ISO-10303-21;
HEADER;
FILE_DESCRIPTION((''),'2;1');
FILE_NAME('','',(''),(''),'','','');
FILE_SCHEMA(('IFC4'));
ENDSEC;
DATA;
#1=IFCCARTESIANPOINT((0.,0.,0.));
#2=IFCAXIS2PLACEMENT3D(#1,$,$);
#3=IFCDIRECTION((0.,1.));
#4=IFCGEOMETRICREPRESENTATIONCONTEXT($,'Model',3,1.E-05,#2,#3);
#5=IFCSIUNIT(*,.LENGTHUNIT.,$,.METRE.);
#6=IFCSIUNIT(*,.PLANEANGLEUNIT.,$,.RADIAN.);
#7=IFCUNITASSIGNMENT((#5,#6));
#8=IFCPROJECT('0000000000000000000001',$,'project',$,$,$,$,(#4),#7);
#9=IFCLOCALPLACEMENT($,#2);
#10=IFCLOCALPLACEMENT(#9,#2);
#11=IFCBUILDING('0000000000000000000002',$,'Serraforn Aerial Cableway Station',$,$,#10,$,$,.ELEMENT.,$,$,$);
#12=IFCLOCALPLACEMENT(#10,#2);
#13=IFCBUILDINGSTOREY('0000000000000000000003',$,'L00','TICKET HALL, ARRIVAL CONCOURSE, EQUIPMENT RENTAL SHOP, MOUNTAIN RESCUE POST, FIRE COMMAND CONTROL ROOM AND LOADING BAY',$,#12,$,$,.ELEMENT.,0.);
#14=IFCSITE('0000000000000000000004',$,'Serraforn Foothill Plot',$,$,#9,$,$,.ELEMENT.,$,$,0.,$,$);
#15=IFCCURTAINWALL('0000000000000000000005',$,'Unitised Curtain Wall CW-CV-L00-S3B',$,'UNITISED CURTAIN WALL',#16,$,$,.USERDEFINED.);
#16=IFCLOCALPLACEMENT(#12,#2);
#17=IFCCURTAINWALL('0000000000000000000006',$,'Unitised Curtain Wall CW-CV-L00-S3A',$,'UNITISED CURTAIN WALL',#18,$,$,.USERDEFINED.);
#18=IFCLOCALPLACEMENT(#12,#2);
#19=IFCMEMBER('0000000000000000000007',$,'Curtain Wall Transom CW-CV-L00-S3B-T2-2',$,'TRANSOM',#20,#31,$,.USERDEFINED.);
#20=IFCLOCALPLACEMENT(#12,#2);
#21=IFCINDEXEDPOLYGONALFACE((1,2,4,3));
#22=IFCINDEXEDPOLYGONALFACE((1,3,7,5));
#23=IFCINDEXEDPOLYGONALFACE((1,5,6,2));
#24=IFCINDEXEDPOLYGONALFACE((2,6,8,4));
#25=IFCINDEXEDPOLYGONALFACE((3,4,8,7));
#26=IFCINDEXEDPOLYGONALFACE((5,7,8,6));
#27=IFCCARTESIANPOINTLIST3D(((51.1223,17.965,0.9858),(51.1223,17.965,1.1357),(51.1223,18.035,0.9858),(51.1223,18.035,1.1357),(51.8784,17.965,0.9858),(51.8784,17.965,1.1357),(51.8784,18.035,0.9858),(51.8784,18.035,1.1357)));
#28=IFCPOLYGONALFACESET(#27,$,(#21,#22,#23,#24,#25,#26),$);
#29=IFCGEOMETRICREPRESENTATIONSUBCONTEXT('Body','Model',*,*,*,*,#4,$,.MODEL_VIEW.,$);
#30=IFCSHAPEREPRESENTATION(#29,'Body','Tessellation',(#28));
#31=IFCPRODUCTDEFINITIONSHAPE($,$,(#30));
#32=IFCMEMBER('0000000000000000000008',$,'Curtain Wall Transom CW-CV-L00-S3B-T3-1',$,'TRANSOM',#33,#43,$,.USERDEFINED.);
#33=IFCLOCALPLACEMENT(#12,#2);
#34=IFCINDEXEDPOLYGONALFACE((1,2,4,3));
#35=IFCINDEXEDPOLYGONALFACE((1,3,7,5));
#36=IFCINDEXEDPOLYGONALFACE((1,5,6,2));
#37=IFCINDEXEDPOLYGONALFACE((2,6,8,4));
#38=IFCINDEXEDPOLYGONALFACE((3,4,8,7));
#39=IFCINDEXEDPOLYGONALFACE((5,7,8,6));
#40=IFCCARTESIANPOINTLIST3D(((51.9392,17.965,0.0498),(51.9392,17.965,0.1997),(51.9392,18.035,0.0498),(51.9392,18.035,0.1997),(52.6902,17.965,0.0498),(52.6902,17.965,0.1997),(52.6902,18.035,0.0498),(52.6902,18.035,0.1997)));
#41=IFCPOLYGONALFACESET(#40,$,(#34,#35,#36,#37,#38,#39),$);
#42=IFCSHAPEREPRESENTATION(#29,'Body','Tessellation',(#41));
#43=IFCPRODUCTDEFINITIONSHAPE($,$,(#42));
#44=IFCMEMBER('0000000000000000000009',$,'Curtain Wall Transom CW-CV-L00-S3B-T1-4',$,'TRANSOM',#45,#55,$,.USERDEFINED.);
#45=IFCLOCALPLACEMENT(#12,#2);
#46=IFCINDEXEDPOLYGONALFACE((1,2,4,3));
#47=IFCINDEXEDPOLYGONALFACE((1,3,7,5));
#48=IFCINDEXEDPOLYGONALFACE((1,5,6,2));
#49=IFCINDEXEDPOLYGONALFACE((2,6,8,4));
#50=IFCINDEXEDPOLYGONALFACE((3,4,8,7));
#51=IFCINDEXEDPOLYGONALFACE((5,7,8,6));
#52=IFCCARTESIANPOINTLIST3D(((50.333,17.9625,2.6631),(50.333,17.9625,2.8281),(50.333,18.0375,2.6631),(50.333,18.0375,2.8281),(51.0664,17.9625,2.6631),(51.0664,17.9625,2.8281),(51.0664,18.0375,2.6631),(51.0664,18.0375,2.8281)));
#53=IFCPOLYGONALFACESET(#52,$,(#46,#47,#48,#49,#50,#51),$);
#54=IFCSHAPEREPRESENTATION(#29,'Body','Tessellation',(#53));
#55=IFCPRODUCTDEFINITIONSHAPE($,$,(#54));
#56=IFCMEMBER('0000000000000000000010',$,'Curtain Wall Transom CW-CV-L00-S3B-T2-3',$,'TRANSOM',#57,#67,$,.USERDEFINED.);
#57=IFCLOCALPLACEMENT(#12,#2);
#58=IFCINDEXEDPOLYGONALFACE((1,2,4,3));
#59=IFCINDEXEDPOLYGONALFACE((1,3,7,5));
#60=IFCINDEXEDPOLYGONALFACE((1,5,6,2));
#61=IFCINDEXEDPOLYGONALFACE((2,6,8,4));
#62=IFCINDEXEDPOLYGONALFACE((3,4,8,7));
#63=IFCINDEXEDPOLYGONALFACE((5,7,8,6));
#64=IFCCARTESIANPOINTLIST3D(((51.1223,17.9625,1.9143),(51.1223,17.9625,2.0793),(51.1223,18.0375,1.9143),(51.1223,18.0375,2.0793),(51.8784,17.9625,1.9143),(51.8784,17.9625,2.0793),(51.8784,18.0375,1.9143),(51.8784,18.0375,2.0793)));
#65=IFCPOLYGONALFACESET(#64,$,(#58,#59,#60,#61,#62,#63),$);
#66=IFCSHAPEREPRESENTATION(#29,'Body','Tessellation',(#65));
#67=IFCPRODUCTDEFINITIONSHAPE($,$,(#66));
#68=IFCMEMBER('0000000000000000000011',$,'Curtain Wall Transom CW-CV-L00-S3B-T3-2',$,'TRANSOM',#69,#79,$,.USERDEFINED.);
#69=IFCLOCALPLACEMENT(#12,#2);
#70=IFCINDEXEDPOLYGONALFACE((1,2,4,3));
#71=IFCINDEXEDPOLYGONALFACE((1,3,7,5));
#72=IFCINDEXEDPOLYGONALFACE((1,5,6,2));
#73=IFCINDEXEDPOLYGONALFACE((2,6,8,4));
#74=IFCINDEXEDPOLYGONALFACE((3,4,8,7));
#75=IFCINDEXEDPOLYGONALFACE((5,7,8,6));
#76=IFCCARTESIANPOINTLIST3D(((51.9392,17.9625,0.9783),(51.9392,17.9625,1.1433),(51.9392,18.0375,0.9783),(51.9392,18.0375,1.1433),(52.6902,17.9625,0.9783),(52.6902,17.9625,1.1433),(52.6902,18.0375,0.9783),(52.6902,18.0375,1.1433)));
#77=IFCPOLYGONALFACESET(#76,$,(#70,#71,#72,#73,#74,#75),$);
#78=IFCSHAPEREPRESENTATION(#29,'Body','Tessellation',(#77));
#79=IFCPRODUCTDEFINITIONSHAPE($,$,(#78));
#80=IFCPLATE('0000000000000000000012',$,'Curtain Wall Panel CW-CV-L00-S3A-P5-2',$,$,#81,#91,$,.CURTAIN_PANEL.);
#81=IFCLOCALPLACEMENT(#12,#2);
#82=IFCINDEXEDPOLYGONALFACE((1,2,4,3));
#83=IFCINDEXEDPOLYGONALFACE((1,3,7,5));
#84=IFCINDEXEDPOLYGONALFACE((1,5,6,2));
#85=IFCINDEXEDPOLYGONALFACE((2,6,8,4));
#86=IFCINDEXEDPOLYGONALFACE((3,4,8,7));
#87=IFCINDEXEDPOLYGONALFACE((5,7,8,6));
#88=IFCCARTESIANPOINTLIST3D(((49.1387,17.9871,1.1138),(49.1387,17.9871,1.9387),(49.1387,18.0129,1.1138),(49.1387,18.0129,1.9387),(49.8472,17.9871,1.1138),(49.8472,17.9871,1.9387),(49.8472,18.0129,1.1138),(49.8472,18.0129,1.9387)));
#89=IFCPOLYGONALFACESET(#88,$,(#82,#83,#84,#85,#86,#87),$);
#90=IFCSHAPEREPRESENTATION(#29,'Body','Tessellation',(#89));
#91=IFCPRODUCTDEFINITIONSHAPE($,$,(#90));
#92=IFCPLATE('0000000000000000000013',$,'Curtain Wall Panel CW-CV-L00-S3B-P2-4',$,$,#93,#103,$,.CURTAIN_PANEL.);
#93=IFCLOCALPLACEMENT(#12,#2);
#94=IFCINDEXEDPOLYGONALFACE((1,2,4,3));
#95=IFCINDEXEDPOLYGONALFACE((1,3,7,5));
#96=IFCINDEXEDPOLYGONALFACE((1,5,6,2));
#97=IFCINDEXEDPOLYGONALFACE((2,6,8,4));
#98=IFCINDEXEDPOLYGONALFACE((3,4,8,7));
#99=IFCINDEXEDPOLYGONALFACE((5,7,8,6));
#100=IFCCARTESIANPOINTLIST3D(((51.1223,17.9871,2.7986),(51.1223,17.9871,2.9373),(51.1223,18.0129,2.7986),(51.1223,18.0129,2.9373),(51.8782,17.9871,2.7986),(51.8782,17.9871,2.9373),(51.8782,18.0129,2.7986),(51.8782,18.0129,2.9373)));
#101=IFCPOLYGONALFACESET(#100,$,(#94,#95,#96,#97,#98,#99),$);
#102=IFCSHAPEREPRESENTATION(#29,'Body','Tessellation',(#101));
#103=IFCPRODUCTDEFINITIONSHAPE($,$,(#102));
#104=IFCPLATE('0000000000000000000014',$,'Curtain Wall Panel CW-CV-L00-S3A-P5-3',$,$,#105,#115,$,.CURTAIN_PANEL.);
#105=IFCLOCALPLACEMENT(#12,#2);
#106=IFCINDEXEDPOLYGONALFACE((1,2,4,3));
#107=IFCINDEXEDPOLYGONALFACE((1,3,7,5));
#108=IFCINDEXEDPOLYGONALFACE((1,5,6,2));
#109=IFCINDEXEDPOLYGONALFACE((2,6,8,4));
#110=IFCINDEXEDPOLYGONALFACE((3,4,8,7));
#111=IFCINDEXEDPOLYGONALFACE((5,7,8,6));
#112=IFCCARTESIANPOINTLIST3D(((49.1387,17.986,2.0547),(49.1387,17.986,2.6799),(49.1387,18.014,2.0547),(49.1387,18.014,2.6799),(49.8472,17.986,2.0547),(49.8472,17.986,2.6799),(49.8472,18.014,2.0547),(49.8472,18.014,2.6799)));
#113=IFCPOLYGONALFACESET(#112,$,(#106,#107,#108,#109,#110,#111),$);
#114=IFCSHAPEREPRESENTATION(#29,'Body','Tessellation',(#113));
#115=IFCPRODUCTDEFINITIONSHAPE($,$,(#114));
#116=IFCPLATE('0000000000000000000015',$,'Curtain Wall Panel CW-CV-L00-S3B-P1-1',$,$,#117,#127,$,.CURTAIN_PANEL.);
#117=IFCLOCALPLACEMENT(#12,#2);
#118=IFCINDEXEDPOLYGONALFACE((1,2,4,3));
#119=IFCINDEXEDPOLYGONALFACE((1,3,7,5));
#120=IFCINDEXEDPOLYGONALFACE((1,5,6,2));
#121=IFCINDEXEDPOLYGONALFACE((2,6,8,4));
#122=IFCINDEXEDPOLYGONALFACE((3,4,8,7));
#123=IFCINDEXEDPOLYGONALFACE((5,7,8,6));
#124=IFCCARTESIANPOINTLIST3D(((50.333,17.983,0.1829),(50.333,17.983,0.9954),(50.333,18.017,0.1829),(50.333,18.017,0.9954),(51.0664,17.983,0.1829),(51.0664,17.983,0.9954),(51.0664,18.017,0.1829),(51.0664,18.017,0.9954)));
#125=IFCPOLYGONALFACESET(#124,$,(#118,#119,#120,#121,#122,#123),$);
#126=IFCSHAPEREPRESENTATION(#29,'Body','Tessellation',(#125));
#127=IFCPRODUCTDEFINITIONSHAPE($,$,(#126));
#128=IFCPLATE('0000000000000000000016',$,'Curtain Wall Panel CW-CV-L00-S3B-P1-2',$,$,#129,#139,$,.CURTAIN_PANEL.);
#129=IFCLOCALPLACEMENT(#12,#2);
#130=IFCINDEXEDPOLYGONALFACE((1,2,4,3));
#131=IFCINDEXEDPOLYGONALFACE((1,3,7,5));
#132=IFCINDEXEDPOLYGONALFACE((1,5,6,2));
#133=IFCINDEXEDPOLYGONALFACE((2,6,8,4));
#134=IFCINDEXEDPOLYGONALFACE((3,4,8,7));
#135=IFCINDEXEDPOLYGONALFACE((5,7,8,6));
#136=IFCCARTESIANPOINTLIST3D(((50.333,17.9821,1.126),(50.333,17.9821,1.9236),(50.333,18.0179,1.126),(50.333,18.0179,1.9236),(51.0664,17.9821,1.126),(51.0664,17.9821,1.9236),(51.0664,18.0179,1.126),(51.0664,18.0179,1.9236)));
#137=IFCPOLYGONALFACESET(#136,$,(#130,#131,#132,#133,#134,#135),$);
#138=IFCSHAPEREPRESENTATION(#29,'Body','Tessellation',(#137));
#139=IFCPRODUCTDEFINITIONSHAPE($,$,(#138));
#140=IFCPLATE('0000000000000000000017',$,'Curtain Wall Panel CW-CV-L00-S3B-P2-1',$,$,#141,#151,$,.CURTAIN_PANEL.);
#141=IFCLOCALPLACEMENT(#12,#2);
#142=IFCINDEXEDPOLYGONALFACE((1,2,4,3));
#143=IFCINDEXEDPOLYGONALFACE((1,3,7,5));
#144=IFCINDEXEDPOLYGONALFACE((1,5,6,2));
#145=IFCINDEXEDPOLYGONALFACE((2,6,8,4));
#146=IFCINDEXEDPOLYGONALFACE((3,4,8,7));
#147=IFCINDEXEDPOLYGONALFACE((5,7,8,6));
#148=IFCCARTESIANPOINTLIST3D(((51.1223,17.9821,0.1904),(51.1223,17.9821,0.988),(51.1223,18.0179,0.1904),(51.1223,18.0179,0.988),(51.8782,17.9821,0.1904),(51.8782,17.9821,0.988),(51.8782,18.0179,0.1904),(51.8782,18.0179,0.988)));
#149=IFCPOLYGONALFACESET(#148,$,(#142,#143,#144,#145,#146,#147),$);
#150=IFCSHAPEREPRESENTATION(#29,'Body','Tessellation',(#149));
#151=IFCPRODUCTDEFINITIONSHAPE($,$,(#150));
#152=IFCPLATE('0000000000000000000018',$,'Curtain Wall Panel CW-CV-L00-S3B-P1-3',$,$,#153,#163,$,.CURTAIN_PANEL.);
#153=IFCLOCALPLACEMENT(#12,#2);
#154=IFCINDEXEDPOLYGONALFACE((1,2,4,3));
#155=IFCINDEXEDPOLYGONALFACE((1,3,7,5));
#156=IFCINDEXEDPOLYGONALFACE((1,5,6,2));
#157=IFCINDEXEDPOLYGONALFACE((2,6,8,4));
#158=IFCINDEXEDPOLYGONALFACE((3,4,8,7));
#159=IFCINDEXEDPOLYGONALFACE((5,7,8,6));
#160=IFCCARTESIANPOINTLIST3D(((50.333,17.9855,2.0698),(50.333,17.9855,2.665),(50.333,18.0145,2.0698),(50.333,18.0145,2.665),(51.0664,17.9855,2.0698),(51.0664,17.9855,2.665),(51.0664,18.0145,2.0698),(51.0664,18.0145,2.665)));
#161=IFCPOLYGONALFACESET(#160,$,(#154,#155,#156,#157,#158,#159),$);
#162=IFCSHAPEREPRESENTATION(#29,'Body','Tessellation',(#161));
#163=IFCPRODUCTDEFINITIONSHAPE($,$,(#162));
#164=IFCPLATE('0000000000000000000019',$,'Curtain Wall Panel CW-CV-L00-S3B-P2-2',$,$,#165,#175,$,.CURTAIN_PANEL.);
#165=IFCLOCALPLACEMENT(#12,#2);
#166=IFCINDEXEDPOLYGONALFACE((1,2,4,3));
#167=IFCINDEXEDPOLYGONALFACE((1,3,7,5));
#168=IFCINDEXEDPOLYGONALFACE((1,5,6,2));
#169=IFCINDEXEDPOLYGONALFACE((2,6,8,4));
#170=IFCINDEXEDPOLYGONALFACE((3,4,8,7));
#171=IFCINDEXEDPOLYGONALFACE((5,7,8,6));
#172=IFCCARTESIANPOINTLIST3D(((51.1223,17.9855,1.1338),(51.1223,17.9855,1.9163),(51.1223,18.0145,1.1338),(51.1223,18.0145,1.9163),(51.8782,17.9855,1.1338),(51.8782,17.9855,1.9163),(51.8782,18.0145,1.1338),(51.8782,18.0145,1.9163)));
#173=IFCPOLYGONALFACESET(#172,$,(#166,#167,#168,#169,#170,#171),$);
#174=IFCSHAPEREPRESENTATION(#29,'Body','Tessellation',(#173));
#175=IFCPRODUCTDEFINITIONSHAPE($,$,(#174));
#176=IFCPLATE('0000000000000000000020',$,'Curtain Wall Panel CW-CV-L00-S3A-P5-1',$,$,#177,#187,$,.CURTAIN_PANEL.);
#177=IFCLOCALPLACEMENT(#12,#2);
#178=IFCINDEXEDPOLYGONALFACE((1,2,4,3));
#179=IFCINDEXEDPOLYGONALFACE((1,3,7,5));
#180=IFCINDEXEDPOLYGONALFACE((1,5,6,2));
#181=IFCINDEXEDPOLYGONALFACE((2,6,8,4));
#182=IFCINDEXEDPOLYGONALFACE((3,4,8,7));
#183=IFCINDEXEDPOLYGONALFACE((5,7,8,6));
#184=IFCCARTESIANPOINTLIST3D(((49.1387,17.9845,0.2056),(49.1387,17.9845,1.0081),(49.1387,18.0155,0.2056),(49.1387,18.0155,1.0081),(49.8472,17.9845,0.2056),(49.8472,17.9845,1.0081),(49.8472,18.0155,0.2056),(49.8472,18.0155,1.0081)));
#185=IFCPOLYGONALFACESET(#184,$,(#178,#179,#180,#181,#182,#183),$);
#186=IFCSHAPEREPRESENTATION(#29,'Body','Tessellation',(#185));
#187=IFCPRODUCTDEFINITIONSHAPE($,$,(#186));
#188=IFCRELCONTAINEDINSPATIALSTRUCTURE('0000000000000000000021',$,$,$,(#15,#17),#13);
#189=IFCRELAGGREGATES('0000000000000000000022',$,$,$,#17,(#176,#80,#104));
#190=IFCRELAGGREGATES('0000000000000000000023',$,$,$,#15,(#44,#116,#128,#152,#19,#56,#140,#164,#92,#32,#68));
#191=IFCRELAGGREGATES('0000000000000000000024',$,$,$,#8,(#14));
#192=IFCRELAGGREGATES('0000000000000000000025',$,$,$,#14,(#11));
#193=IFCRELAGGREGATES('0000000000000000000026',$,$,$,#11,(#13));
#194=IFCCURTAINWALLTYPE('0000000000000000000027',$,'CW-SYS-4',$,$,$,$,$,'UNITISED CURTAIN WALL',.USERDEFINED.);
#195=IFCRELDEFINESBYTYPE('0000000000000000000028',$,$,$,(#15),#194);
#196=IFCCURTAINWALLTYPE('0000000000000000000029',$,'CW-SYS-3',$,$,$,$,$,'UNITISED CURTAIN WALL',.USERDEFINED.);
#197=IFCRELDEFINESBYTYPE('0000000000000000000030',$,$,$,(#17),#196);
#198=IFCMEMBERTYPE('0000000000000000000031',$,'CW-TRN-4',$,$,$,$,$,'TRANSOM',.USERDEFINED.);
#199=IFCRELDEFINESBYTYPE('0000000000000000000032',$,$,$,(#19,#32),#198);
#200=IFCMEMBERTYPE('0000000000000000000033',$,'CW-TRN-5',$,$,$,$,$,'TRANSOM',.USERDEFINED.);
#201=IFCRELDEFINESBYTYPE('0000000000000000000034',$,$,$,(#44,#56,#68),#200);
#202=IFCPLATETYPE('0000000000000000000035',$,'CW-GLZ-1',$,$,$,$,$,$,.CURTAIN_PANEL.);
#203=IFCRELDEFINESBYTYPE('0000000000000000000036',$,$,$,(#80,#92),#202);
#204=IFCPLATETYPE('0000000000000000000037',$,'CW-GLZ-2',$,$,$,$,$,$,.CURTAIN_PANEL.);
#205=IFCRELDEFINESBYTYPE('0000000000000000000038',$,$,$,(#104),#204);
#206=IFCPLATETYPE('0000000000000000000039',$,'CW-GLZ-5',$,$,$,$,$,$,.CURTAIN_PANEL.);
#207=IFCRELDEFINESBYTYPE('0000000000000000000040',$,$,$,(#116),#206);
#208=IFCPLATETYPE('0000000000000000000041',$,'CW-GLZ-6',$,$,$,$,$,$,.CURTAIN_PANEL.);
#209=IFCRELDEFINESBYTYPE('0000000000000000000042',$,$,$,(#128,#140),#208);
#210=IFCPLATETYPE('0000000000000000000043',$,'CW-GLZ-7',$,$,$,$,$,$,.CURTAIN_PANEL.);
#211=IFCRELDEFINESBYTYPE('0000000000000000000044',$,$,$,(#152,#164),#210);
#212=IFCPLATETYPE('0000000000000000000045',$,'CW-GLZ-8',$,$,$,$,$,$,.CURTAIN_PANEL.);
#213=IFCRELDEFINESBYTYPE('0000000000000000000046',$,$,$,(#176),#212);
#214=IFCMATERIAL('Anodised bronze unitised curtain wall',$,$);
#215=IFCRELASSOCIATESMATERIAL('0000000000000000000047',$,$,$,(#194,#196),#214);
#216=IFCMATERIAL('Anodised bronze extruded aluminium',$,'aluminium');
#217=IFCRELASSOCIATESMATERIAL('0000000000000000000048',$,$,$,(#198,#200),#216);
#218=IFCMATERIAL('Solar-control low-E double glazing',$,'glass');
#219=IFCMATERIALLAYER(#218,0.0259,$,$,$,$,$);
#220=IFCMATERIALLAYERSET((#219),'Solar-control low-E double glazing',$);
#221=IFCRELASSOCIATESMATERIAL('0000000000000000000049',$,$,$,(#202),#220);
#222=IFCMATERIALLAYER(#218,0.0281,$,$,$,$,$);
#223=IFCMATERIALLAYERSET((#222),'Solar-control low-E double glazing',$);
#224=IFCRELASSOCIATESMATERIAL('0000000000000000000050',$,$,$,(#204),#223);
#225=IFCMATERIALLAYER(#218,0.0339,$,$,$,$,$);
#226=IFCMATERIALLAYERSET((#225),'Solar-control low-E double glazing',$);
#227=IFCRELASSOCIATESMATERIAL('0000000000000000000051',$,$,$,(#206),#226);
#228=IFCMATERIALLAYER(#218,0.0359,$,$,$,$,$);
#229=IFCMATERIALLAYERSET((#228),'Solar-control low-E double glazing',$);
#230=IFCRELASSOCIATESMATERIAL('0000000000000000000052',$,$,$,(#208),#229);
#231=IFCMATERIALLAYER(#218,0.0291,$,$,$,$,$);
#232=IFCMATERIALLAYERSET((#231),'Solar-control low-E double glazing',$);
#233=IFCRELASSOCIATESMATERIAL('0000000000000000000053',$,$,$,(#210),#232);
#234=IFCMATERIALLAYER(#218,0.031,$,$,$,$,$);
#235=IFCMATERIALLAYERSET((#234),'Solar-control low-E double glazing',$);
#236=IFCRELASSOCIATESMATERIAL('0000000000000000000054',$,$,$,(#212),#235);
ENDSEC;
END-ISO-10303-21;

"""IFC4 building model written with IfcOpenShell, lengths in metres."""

from ifc_helpers import new_model, si_unit, direction, frame, origin, origin_2d, place, context, subcontext, project, spatial, rectangle, extrude, material, layer, layer_set, material_profile, profile_set, type_object, element, aggregate, save


model = new_model("IFC4")

# Units and contexts
model_context = context("Model", 3, precision=1e-05, world=origin(), true_north=direction((0.0, 1.0)))
body_context = subcontext(model_context, "Body", "Model", "MODEL_VIEW")
ifc_project = project(units=[si_unit("LENGTHUNIT", "METRE"), si_unit("PLANEANGLEUNIT", "RADIAN")], contexts=[model_context])

# Site, building, storey
site_placement = place(None, origin())
site = spatial("IfcSite", under=ifc_project, at=site_placement, Name="Serraforn Foothill Plot", CompositionType="ELEMENT", RefElevation=0.0)
building_placement = place(site_placement, origin())
building = spatial("IfcBuilding", under=site, at=building_placement, Name="Serraforn Aerial Cableway Station", CompositionType="ELEMENT")
storey_placement = place(building_placement, origin())
storey = spatial("IfcBuildingStorey", under=building, at=storey_placement, Name="L00", Description="TICKET HALL, ARRIVAL CONCOURSE, EQUIPMENT RENTAL SHOP, MOUNTAIN RESCUE POST, FIRE COMMAND CONTROL ROOM AND LOADING BAY", CompositionType="ELEMENT", Elevation=0.0)

# Shared definitions
ifc_material_1 = material(Name="Anodised bronze unitised curtain wall")
ifc_material_2 = material(Name="Anodised bronze extruded aluminium", Category="aluminium")

# Curtain wall
curtain_wall_type_1 = type_object("IfcCurtainWallType", Name="CW-SYS-4", ElementType="UNITISED CURTAIN WALL", PredefinedType="USERDEFINED", material=ifc_material_1)
curtain_wall_1_placement = place(storey_placement, origin())
curtain_wall_1 = element("IfcCurtainWall", 1, at=curtain_wall_1_placement, inside=storey, type_object=curtain_wall_type_1, Name="Unitised Curtain Wall CW-CV-L00-S3B", ObjectType="UNITISED CURTAIN WALL", PredefinedType="USERDEFINED")

# Curtain wall
curtain_wall_type_2 = type_object("IfcCurtainWallType", Name="CW-SYS-3", ElementType="UNITISED CURTAIN WALL", PredefinedType="USERDEFINED", material=ifc_material_1)
curtain_wall_2_placement = place(storey_placement, origin())
curtain_wall_2 = element("IfcCurtainWall", 2, at=curtain_wall_2_placement, inside=storey, type_object=curtain_wall_type_2, Name="Unitised Curtain Wall CW-CV-L00-S3A", ObjectType="UNITISED CURTAIN WALL", PredefinedType="USERDEFINED")

# Members
ifc_material_profile_1 = material_profile(ifc_material_2, rectangle(XDim=0.0701, YDim=0.1499, at=origin_2d()), Name="CW TRANSOM 70x150")
ifc_profile_set_1 = profile_set([ifc_material_profile_1], Name="Anodised bronze extruded aluminium")
member_type_1 = type_object("IfcMemberType", Name="CW-TRN-4", ElementType="TRANSOM", PredefinedType="USERDEFINED", material=ifc_profile_set_1)
member_1_placement = place(storey_placement, frame((51.1223, 18.0, 1.0608), z_axis=(1.0, 0.0, 0.0), x_axis=(0.0, 1.0, 0.0)))
member_1 = element("IfcMember", 3, at=member_1_placement, type_object=member_type_1, Name="Curtain Wall Transom CW-CV-L00-S3B-T2-2", ObjectType="TRANSOM", PredefinedType="USERDEFINED", context=body_context, shape_type="SweptSolid", body=[
    extrude(rectangle(XDim=0.0701, YDim=0.1499, at=origin_2d()), origin(), (0.0, 0.0, 1.0), 0.7561),
])
member_2_placement = place(storey_placement, frame((51.9392, 18.0, 0.1248), z_axis=(1.0, 0.0, 0.0), x_axis=(0.0, 1.0, 0.0)))
member_2 = element("IfcMember", 4, at=member_2_placement, type_object=member_type_1, Name="Curtain Wall Transom CW-CV-L00-S3B-T3-1", ObjectType="TRANSOM", PredefinedType="USERDEFINED", context=body_context, shape_type="SweptSolid", body=[
    extrude(rectangle(XDim=0.0701, YDim=0.1499, at=origin_2d()), origin(), (0.0, 0.0, 1.0), 0.751),
])
ifc_material_profile_2 = material_profile(ifc_material_2, rectangle(XDim=0.075, YDim=0.165, at=origin_2d()), Name="CW TRANSOM 75x165")
ifc_profile_set_2 = profile_set([ifc_material_profile_2], Name="Anodised bronze extruded aluminium")
member_type_2 = type_object("IfcMemberType", Name="CW-TRN-5", ElementType="TRANSOM", PredefinedType="USERDEFINED", material=ifc_profile_set_2)
member_3_placement = place(storey_placement, frame((50.333, 18.0, 2.7456), z_axis=(1.0, 0.0, 0.0), x_axis=(0.0, 1.0, 0.0)))
member_3 = element("IfcMember", 5, at=member_3_placement, type_object=member_type_2, Name="Curtain Wall Transom CW-CV-L00-S3B-T1-4", ObjectType="TRANSOM", PredefinedType="USERDEFINED", context=body_context, shape_type="SweptSolid", body=[
    extrude(rectangle(XDim=0.075, YDim=0.165, at=origin_2d()), origin(), (0.0, 0.0, 1.0), 0.7334),
])
member_4_placement = place(storey_placement, frame((51.1223, 18.0, 1.9968), z_axis=(1.0, 0.0, 0.0), x_axis=(0.0, 1.0, 0.0)))
member_4 = element("IfcMember", 6, at=member_4_placement, type_object=member_type_2, Name="Curtain Wall Transom CW-CV-L00-S3B-T2-3", ObjectType="TRANSOM", PredefinedType="USERDEFINED", context=body_context, shape_type="SweptSolid", body=[
    extrude(rectangle(XDim=0.075, YDim=0.165, at=origin_2d()), origin(), (0.0, 0.0, 1.0), 0.7561),
])
member_5_placement = place(storey_placement, frame((51.9392, 18.0, 1.0608), z_axis=(1.0, 0.0, 0.0), x_axis=(0.0, 1.0, 0.0)))
member_5 = element("IfcMember", 7, at=member_5_placement, type_object=member_type_2, Name="Curtain Wall Transom CW-CV-L00-S3B-T3-2", ObjectType="TRANSOM", PredefinedType="USERDEFINED", context=body_context, shape_type="SweptSolid", body=[
    extrude(rectangle(XDim=0.075, YDim=0.165, at=origin_2d()), origin(), (0.0, 0.0, 1.0), 0.751),
])

# Plates
ifc_material_3 = material(Name="Solar-control low-E double glazing", Category="glass")
ifc_layer_1 = layer(ifc_material_3, 0.0259)
ifc_layer_set_1 = layer_set([ifc_layer_1], Name="Solar-control low-E double glazing")
plate_type_1 = type_object("IfcPlateType", Name="CW-GLZ-1", PredefinedType="CURTAIN_PANEL", material=ifc_layer_set_1)
plate_1_placement = place(storey_placement, frame((49.4929, 18.0, 1.1138), z_axis=(0.0, 0.0, 1.0), x_axis=(1.0, 0.0, 0.0)))
plate_1 = element("IfcPlate", 8, at=plate_1_placement, type_object=plate_type_1, Name="Curtain Wall Panel CW-CV-L00-S3A-P5-2", PredefinedType="CURTAIN_PANEL", context=body_context, shape_type="SweptSolid", body=[
    extrude(rectangle(XDim=0.7085, YDim=0.0259, at=origin_2d()), origin(), (0.0, 0.0, 1.0), 0.825),
])
plate_2_placement = place(storey_placement, frame((51.5002, 18.0, 2.7986), z_axis=(0.0, 0.0, 1.0), x_axis=(1.0, 0.0, 0.0)))
plate_2 = element("IfcPlate", 9, at=plate_2_placement, type_object=plate_type_1, Name="Curtain Wall Panel CW-CV-L00-S3B-P2-4", PredefinedType="CURTAIN_PANEL", context=body_context, shape_type="SweptSolid", body=[
    extrude(rectangle(XDim=0.7559, YDim=0.0259, at=origin_2d()), origin(), (0.0, 0.0, 1.0), 0.1387),
])
ifc_layer_2 = layer(ifc_material_3, 0.0281)
ifc_layer_set_2 = layer_set([ifc_layer_2], Name="Solar-control low-E double glazing")
plate_type_2 = type_object("IfcPlateType", Name="CW-GLZ-2", PredefinedType="CURTAIN_PANEL", material=ifc_layer_set_2)
plate_3_placement = place(storey_placement, frame((49.4929, 18.0, 2.0547), z_axis=(0.0, 0.0, 1.0), x_axis=(1.0, 0.0, 0.0)))
plate_3 = element("IfcPlate", 10, at=plate_3_placement, type_object=plate_type_2, Name="Curtain Wall Panel CW-CV-L00-S3A-P5-3", PredefinedType="CURTAIN_PANEL", context=body_context, shape_type="SweptSolid", body=[
    extrude(rectangle(XDim=0.7085, YDim=0.0281, at=origin_2d()), origin(), (0.0, 0.0, 1.0), 0.6252),
])
ifc_layer_3 = layer(ifc_material_3, 0.0339)
ifc_layer_set_3 = layer_set([ifc_layer_3], Name="Solar-control low-E double glazing")
plate_type_3 = type_object("IfcPlateType", Name="CW-GLZ-5", PredefinedType="CURTAIN_PANEL", material=ifc_layer_set_3)
plate_4_placement = place(storey_placement, frame((50.6997, 18.0, 0.1829), z_axis=(0.0, 0.0, 1.0), x_axis=(1.0, 0.0, 0.0)))
plate_4 = element("IfcPlate", 11, at=plate_4_placement, type_object=plate_type_3, Name="Curtain Wall Panel CW-CV-L00-S3B-P1-1", PredefinedType="CURTAIN_PANEL", context=body_context, shape_type="SweptSolid", body=[
    extrude(rectangle(XDim=0.7334, YDim=0.0339, at=origin_2d()), origin(), (0.0, 0.0, 1.0), 0.8125),
])
ifc_layer_4 = layer(ifc_material_3, 0.0359)
ifc_layer_set_4 = layer_set([ifc_layer_4], Name="Solar-control low-E double glazing")
plate_type_4 = type_object("IfcPlateType", Name="CW-GLZ-6", PredefinedType="CURTAIN_PANEL", material=ifc_layer_set_4)
plate_5_placement = place(storey_placement, frame((50.6997, 18.0, 1.126), z_axis=(0.0, 0.0, 1.0), x_axis=(1.0, 0.0, 0.0)))
plate_5 = element("IfcPlate", 12, at=plate_5_placement, type_object=plate_type_4, Name="Curtain Wall Panel CW-CV-L00-S3B-P1-2", PredefinedType="CURTAIN_PANEL", context=body_context, shape_type="SweptSolid", body=[
    extrude(rectangle(XDim=0.7334, YDim=0.0359, at=origin_2d()), origin(), (0.0, 0.0, 1.0), 0.7976),
])
plate_6_placement = place(storey_placement, frame((51.5002, 18.0, 0.1904), z_axis=(0.0, 0.0, 1.0), x_axis=(1.0, 0.0, 0.0)))
plate_6 = element("IfcPlate", 13, at=plate_6_placement, type_object=plate_type_4, Name="Curtain Wall Panel CW-CV-L00-S3B-P2-1", PredefinedType="CURTAIN_PANEL", context=body_context, shape_type="SweptSolid", body=[
    extrude(rectangle(XDim=0.7559, YDim=0.0359, at=origin_2d()), origin(), (0.0, 0.0, 1.0), 0.7976),
])
ifc_layer_5 = layer(ifc_material_3, 0.0291)
ifc_layer_set_5 = layer_set([ifc_layer_5], Name="Solar-control low-E double glazing")
plate_type_5 = type_object("IfcPlateType", Name="CW-GLZ-7", PredefinedType="CURTAIN_PANEL", material=ifc_layer_set_5)
plate_7_placement = place(storey_placement, frame((50.6997, 18.0, 2.0698), z_axis=(0.0, 0.0, 1.0), x_axis=(1.0, 0.0, 0.0)))
plate_7 = element("IfcPlate", 14, at=plate_7_placement, type_object=plate_type_5, Name="Curtain Wall Panel CW-CV-L00-S3B-P1-3", PredefinedType="CURTAIN_PANEL", context=body_context, shape_type="SweptSolid", body=[
    extrude(rectangle(XDim=0.7334, YDim=0.0291, at=origin_2d()), origin(), (0.0, 0.0, 1.0), 0.5952),
])
plate_8_placement = place(storey_placement, frame((51.5002, 18.0, 1.1338), z_axis=(0.0, 0.0, 1.0), x_axis=(1.0, 0.0, 0.0)))
plate_8 = element("IfcPlate", 15, at=plate_8_placement, type_object=plate_type_5, Name="Curtain Wall Panel CW-CV-L00-S3B-P2-2", PredefinedType="CURTAIN_PANEL", context=body_context, shape_type="SweptSolid", body=[
    extrude(rectangle(XDim=0.7559, YDim=0.0291, at=origin_2d()), origin(), (0.0, 0.0, 1.0), 0.7825),
])
ifc_layer_6 = layer(ifc_material_3, 0.031)
ifc_layer_set_6 = layer_set([ifc_layer_6], Name="Solar-control low-E double glazing")
plate_type_6 = type_object("IfcPlateType", Name="CW-GLZ-8", PredefinedType="CURTAIN_PANEL", material=ifc_layer_set_6)
plate_9_placement = place(storey_placement, frame((49.4929, 18.0, 0.2056), z_axis=(0.0, 0.0, 1.0), x_axis=(1.0, 0.0, 0.0)))
plate_9 = element("IfcPlate", 16, at=plate_9_placement, type_object=plate_type_6, Name="Curtain Wall Panel CW-CV-L00-S3A-P5-1", PredefinedType="CURTAIN_PANEL", context=body_context, shape_type="SweptSolid", body=[
    extrude(rectangle(XDim=0.7085, YDim=0.031, at=origin_2d()), origin(), (0.0, 0.0, 1.0), 0.8025),
])
aggregate(curtain_wall_2, [plate_9, plate_1, plate_3])
aggregate(curtain_wall_1, [member_3, plate_4, plate_5, plate_7, member_1, member_4, plate_6, plate_8, plate_2, member_2, member_5])

save(model, "model.ifc")
